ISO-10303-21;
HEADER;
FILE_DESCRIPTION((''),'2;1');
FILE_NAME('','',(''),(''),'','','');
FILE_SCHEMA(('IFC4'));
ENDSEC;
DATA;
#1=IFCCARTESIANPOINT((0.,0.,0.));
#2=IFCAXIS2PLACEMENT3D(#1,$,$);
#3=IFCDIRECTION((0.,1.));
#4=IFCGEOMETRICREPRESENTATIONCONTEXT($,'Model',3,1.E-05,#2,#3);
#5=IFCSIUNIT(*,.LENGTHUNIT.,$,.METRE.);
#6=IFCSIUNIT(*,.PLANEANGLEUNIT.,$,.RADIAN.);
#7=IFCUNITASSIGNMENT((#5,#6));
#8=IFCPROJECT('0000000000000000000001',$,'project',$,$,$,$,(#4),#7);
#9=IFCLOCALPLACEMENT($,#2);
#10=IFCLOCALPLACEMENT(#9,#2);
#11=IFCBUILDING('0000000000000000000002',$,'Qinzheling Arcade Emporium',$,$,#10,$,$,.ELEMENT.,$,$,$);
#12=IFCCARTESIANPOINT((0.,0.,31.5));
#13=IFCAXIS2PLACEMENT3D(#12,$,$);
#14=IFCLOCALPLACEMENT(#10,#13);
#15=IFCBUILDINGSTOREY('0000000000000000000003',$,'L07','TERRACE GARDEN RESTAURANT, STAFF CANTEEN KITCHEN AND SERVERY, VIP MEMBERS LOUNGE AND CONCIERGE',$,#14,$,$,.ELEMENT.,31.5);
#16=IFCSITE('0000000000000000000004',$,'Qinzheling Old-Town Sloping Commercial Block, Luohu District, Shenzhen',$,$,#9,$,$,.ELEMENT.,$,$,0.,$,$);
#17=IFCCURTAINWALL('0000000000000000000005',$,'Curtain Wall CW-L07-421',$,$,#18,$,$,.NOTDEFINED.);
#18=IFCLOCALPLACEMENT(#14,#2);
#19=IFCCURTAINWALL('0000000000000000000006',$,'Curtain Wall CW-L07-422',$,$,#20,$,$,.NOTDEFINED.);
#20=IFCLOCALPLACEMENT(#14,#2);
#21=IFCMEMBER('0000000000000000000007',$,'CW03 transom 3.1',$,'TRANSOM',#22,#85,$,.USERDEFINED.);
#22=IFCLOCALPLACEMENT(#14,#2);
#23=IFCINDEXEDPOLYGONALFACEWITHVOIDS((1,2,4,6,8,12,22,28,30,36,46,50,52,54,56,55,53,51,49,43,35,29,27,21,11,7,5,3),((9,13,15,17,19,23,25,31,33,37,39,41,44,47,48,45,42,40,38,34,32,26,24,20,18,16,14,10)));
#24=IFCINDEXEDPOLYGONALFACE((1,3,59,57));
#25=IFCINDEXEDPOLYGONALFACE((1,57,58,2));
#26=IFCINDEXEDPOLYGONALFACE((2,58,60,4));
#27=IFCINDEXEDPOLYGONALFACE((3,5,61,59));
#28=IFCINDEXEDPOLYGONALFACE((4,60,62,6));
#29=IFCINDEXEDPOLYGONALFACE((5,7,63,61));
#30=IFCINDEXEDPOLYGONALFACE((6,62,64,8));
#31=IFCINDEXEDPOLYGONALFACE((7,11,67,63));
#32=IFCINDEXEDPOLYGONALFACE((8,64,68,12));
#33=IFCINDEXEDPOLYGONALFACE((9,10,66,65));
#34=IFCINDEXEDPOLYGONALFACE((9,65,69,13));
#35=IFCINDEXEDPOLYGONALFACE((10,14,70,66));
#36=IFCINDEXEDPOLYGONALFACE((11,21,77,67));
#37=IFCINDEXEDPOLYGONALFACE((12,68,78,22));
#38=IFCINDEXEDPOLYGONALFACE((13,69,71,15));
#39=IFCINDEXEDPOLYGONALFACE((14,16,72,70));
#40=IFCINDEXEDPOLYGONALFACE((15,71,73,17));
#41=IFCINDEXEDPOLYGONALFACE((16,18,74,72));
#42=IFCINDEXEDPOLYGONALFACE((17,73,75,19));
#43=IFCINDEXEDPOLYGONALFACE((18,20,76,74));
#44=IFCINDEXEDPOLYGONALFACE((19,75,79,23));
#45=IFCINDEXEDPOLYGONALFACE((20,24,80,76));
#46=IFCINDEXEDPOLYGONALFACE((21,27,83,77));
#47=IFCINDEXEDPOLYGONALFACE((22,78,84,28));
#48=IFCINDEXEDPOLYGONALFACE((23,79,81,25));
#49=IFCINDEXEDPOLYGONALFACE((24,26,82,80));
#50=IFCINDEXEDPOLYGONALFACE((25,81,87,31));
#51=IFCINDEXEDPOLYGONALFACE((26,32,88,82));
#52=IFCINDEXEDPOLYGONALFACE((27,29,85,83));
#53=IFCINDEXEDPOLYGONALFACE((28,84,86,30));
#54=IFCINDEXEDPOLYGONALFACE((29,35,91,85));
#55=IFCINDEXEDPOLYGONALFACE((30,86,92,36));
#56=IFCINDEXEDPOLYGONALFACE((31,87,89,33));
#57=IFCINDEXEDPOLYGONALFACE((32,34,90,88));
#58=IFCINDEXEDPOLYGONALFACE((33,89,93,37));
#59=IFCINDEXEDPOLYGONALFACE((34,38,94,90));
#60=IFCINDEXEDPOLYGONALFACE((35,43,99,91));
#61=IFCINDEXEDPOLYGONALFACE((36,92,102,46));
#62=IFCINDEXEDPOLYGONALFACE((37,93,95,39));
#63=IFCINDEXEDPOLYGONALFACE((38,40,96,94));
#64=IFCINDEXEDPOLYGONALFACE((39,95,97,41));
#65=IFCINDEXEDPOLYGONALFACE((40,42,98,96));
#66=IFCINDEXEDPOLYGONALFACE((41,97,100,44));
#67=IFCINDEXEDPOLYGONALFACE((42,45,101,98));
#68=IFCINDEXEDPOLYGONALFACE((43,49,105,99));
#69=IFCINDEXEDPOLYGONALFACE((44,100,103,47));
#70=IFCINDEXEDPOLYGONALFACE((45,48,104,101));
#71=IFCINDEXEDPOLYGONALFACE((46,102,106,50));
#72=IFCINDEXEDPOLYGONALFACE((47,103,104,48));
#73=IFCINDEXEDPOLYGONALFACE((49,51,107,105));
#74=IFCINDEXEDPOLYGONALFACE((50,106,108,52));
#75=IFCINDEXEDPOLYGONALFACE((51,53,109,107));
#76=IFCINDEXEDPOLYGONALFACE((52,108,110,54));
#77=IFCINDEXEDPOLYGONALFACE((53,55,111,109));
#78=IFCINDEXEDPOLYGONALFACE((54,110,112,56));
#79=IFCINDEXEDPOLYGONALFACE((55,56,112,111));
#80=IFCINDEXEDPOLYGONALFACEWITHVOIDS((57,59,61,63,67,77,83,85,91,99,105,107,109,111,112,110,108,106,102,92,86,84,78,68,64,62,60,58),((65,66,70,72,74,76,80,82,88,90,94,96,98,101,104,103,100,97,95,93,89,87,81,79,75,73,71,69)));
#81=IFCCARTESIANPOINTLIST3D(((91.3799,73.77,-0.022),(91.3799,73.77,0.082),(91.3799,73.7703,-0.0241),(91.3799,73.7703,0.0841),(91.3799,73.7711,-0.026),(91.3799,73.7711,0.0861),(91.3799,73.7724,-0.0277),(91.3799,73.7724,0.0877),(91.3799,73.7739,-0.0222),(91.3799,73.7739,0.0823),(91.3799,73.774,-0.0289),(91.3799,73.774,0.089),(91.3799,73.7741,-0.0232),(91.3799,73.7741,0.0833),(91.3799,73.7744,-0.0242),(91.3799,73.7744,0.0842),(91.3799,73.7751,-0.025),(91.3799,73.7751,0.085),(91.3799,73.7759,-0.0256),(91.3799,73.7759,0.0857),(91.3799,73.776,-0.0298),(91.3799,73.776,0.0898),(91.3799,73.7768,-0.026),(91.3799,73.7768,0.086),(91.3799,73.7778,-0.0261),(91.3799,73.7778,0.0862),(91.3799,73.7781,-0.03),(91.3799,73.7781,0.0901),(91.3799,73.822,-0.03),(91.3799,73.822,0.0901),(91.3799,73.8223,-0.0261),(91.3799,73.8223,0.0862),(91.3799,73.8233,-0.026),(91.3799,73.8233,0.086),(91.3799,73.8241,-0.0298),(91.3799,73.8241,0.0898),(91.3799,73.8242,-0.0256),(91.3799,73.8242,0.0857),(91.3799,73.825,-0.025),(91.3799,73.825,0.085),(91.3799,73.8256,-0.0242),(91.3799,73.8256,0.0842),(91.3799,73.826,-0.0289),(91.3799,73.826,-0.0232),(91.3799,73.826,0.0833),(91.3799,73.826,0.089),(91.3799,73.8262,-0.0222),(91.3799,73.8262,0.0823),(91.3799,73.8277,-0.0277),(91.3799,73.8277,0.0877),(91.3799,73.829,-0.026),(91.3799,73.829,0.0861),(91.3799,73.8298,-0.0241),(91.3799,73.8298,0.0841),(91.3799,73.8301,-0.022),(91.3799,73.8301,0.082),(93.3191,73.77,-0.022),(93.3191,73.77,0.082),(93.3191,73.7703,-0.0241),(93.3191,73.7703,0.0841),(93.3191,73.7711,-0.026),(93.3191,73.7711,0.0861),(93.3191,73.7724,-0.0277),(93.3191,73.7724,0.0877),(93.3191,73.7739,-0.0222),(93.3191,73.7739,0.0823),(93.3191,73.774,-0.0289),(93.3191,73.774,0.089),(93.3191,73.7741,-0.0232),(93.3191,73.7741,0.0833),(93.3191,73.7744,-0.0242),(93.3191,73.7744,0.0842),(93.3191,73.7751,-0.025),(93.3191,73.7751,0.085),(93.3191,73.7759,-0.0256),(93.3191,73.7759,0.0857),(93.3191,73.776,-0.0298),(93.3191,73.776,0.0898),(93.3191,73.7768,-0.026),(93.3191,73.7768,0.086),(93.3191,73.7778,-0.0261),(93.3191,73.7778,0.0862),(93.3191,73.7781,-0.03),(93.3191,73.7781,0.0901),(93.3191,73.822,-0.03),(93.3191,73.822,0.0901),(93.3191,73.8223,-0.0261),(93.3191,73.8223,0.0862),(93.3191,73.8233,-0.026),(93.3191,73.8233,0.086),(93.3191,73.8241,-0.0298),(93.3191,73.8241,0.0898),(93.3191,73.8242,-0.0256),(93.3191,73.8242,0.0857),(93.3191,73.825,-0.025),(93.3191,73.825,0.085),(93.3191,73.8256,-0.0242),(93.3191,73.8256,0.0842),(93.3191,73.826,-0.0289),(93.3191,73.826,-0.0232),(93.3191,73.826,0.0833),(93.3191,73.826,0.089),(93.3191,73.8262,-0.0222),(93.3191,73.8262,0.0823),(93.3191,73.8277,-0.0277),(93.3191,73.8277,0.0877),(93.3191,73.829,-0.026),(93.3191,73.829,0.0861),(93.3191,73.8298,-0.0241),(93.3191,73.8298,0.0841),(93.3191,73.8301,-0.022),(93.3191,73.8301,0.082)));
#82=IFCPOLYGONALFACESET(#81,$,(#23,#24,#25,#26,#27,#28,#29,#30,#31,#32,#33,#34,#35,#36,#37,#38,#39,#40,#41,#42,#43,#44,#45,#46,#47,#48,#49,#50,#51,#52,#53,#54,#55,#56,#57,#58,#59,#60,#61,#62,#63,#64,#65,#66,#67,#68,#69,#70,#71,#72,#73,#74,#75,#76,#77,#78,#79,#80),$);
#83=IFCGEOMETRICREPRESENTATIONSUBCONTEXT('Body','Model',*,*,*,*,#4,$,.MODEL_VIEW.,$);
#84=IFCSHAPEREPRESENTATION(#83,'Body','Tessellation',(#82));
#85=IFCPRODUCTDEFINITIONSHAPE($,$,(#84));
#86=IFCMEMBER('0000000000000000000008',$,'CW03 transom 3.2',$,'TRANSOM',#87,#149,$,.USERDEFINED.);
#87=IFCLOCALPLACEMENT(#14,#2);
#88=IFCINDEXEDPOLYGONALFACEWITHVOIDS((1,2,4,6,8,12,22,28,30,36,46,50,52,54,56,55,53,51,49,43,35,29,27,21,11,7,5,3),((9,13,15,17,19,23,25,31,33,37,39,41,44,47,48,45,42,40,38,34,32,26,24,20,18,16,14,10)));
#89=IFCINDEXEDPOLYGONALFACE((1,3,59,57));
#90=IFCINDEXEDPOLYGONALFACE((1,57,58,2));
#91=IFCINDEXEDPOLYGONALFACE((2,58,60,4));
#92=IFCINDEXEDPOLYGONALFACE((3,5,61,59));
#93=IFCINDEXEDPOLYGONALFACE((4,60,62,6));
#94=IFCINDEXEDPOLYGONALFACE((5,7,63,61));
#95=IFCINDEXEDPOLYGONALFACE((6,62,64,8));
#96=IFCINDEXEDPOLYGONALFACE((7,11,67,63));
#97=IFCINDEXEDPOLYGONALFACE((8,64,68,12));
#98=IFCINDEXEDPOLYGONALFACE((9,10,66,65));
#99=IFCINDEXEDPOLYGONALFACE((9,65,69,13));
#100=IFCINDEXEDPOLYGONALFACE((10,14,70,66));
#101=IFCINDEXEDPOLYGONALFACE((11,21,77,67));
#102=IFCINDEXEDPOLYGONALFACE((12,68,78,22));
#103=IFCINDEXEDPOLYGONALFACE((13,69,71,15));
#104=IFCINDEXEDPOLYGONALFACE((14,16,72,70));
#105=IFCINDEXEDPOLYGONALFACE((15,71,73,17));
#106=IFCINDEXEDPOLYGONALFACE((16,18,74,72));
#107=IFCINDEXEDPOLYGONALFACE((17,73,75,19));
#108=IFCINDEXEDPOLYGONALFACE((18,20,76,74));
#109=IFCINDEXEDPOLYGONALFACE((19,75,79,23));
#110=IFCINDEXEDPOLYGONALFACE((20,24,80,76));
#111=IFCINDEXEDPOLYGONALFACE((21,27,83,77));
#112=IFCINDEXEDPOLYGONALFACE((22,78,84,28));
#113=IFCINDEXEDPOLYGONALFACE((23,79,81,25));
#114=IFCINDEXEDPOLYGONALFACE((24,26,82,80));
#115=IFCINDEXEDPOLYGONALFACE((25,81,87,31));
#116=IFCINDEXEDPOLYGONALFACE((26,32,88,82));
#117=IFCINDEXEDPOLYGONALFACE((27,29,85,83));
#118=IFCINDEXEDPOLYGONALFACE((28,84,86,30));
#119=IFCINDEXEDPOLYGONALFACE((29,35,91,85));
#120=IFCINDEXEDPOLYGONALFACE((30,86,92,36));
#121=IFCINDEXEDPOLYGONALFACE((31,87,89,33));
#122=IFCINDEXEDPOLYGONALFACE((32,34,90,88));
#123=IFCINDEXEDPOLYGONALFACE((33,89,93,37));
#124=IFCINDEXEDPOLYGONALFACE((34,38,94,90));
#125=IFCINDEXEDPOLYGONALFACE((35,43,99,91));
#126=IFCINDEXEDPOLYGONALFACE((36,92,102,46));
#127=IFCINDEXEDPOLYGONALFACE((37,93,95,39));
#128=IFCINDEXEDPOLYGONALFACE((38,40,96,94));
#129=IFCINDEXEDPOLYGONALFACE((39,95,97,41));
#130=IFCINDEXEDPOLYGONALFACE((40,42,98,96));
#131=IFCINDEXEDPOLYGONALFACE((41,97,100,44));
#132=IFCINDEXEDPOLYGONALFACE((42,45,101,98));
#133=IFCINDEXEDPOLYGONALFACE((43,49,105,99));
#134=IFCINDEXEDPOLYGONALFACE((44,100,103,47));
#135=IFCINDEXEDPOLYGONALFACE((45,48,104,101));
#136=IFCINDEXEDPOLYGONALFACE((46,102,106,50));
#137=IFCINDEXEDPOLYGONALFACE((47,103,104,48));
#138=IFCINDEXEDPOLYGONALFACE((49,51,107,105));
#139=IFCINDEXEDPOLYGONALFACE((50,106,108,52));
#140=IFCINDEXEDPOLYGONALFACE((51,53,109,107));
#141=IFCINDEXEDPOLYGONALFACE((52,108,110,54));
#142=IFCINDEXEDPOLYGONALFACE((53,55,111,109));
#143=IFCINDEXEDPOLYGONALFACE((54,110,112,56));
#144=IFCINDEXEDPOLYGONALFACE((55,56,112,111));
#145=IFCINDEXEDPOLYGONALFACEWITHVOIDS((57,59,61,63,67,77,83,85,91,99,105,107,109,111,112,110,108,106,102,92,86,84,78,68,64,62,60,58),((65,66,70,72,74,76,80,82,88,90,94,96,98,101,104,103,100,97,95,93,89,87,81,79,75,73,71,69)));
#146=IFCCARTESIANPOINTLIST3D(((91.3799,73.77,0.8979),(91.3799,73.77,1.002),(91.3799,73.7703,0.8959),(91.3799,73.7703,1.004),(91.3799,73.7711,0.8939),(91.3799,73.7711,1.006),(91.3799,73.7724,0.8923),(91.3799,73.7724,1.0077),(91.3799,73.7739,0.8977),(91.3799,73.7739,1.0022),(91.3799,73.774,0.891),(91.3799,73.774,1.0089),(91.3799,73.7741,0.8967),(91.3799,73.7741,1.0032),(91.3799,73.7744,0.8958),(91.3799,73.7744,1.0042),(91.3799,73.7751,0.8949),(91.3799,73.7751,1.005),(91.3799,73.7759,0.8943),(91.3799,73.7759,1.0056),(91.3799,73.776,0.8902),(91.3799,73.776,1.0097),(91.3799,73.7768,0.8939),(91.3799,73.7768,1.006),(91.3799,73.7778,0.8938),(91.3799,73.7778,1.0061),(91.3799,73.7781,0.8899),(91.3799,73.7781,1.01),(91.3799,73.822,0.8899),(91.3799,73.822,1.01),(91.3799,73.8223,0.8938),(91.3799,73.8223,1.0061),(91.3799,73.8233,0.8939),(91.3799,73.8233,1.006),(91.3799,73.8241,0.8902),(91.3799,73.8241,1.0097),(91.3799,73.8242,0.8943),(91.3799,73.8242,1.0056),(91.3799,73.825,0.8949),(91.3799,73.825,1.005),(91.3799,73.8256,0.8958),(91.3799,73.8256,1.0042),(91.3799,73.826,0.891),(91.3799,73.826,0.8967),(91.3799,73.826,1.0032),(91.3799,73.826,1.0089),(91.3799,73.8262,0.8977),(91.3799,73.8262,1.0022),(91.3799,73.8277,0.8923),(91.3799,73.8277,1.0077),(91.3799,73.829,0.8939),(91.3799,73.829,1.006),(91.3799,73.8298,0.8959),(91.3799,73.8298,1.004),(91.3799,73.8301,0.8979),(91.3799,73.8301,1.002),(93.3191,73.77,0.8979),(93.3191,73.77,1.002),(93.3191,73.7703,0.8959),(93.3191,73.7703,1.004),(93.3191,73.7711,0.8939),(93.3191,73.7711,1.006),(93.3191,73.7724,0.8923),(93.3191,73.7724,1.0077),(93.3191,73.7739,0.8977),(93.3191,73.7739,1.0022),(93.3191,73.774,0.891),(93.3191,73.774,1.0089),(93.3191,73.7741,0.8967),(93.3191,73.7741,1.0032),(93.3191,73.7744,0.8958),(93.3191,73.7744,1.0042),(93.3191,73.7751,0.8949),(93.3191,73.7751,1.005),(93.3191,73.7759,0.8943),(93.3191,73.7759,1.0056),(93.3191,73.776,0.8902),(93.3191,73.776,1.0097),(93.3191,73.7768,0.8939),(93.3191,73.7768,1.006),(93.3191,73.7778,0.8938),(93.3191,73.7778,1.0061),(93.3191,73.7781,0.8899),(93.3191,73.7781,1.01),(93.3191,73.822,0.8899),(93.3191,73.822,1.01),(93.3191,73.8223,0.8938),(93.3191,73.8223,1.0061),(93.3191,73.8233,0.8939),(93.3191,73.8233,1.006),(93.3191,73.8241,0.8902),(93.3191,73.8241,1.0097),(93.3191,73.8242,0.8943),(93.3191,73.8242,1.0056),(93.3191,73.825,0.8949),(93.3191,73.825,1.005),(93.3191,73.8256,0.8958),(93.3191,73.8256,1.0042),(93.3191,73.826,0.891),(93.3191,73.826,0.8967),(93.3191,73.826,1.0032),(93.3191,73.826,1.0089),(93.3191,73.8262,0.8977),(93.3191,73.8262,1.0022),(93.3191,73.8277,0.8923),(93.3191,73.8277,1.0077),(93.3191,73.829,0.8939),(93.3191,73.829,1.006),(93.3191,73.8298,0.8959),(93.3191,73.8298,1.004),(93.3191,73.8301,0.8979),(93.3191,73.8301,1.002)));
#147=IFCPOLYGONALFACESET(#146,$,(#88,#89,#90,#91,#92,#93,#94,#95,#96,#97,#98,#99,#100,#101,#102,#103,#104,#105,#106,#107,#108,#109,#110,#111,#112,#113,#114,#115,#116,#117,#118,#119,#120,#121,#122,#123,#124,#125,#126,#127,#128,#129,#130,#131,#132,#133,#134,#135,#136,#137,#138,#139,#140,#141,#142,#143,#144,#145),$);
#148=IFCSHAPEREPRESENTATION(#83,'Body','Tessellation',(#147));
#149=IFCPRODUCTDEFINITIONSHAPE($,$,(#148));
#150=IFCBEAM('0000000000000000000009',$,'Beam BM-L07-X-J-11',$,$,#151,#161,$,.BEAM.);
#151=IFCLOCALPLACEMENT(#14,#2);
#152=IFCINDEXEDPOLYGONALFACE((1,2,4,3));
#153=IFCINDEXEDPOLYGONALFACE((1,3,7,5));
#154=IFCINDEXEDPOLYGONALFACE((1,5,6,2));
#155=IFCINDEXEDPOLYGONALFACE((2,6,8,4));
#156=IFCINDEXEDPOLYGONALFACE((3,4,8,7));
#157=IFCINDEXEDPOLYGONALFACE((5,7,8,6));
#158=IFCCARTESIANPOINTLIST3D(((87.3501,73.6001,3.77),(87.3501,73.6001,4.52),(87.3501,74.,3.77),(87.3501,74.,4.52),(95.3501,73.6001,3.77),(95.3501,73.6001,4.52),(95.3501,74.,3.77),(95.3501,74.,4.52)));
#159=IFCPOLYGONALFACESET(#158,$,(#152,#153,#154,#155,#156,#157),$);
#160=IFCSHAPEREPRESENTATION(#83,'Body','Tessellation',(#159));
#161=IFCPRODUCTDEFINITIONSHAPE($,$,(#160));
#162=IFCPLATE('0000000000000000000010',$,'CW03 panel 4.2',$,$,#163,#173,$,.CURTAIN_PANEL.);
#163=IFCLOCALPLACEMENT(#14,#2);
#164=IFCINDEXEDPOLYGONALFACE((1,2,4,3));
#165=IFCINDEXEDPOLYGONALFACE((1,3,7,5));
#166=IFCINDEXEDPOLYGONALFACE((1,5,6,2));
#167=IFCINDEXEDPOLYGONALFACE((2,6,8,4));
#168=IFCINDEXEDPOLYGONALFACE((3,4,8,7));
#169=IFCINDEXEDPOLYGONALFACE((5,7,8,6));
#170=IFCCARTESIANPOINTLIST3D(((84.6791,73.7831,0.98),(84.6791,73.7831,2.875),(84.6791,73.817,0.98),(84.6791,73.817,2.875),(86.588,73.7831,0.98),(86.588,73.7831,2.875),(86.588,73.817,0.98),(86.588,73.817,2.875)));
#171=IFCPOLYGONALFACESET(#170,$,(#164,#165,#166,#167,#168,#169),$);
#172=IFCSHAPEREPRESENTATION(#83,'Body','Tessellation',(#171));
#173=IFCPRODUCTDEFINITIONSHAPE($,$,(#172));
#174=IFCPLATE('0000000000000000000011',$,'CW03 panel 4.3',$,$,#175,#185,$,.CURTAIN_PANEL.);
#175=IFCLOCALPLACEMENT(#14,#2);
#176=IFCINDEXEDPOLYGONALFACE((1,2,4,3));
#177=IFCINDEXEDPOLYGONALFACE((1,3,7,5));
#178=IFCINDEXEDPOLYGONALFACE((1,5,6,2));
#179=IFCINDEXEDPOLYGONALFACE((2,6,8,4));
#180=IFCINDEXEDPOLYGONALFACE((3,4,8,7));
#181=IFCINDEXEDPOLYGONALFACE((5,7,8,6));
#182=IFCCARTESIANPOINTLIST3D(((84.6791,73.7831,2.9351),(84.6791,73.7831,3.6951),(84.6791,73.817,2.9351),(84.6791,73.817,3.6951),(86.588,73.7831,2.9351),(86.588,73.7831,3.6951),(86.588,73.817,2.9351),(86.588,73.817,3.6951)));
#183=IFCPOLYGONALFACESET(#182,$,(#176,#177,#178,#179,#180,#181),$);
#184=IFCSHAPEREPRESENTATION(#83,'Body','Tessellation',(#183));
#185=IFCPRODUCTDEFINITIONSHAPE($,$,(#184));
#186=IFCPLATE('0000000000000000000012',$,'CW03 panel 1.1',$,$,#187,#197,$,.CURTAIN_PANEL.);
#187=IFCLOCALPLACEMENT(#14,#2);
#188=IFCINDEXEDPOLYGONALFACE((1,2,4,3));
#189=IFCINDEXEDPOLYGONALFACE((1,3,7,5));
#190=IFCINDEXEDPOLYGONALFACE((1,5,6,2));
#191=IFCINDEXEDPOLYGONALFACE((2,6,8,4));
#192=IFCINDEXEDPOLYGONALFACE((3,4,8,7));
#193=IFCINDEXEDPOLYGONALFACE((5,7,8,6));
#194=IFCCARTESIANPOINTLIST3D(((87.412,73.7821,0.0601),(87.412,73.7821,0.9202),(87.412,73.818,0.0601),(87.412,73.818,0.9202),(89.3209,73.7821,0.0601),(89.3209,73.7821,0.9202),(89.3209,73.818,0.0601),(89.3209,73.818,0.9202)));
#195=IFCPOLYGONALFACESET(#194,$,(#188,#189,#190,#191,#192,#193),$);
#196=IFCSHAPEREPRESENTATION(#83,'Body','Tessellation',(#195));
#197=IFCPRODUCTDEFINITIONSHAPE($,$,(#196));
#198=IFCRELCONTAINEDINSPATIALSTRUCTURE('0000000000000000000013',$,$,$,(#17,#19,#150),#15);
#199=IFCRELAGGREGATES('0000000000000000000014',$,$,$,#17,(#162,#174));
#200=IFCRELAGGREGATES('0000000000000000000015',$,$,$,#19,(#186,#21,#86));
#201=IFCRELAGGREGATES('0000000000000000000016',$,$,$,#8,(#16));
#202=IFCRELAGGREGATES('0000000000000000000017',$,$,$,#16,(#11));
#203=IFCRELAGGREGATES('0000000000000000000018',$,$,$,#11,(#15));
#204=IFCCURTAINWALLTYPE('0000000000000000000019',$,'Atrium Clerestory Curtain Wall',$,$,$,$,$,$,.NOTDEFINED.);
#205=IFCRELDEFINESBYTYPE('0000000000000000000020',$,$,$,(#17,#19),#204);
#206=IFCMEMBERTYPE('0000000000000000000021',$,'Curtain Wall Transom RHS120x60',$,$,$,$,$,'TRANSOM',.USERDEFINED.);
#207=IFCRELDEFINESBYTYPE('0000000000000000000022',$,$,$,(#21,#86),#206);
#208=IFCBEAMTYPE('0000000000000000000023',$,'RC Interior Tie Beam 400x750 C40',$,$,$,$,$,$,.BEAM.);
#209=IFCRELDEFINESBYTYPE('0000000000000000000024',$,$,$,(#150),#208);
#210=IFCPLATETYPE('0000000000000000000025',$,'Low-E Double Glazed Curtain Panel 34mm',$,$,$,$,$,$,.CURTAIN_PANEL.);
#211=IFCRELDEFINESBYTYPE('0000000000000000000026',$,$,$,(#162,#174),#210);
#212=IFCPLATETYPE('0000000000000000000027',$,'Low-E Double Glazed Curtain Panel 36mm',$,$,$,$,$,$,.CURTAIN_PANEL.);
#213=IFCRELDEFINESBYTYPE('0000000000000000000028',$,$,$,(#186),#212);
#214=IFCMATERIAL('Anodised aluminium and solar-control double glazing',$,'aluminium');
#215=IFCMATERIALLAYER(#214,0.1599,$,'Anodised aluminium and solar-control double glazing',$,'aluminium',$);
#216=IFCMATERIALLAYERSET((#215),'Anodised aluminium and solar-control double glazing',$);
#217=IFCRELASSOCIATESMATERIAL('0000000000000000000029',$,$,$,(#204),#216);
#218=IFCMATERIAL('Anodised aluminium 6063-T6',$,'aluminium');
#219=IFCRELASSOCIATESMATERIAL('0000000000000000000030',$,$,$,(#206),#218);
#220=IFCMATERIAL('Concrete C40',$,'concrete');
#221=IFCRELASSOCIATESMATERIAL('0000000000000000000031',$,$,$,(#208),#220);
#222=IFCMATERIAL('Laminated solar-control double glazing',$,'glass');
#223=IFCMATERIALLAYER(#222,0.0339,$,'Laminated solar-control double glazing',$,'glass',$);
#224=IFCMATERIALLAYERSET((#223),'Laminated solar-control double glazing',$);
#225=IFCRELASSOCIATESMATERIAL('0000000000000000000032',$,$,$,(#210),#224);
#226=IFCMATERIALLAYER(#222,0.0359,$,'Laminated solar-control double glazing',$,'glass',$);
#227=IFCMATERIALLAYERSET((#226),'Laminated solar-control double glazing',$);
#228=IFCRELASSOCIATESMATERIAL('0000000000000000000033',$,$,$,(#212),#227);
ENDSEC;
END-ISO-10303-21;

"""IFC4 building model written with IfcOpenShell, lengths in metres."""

from ifc_helpers import new_model, si_unit, direction, frame, origin, origin_2d, place, context, subcontext, project, spatial, rectangle, hollow_rectangle, extrude, material, layer, layer_set, material_profile, profile_set, type_object, element, aggregate, save


model = new_model("IFC4")

# Units and contexts
model_context = context("Model", 3, precision=1e-05, world=origin(), true_north=direction((0.0, 1.0)))
body_context = subcontext(model_context, "Body", "Model", "MODEL_VIEW")
ifc_project = project(units=[si_unit("LENGTHUNIT", "METRE"), si_unit("PLANEANGLEUNIT", "RADIAN")], contexts=[model_context])

# Site, building, storey
site_placement = place(None, origin())
site = spatial("IfcSite", under=ifc_project, at=site_placement, Name="Qinzheling Old-Town Sloping Commercial Block, Luohu District, Shenzhen", CompositionType="ELEMENT", RefElevation=0.0)
building_placement = place(site_placement, origin())
building = spatial("IfcBuilding", under=site, at=building_placement, Name="Qinzheling Arcade Emporium", CompositionType="ELEMENT")
storey_placement = place(building_placement, frame((0.0, 0.0, 31.5)))
storey = spatial("IfcBuildingStorey", under=building, at=storey_placement, Name="L07", Description="TERRACE GARDEN RESTAURANT, STAFF CANTEEN KITCHEN AND SERVERY, VIP MEMBERS LOUNGE AND CONCIERGE", CompositionType="ELEMENT", Elevation=31.5)

# Shared definitions
ifc_material_1 = material(Name="Concrete C40", Category="concrete")

# Curtain wall
ifc_material_2 = material(Name="Anodised aluminium and solar-control double glazing", Category="aluminium")
ifc_layer_1 = layer(ifc_material_2, 0.1599, Name="Anodised aluminium and solar-control double glazing", Category="aluminium")
ifc_layer_set_1 = layer_set([ifc_layer_1], Name="Anodised aluminium and solar-control double glazing")
curtain_wall_type = type_object("IfcCurtainWallType", Name="Atrium Clerestory Curtain Wall", PredefinedType="NOTDEFINED", material=ifc_layer_set_1)
curtain_wall_1_placement = place(storey_placement, origin())
curtain_wall_1 = element("IfcCurtainWall", 1, at=curtain_wall_1_placement, inside=storey, type_object=curtain_wall_type, Name="Curtain Wall CW-L07-421", PredefinedType="NOTDEFINED")
ifc_material_3 = material(Name="Anodised aluminium 6063-T6", Category="aluminium")

# Curtain wall, members
curtain_wall_2_placement = place(storey_placement, origin())
curtain_wall_2 = element("IfcCurtainWall", 2, at=curtain_wall_2_placement, inside=storey, type_object=curtain_wall_type, Name="Curtain Wall CW-L07-422", PredefinedType="NOTDEFINED")
ifc_material_profile_1 = material_profile(ifc_material_3, hollow_rectangle(XDim=0.0601, YDim=0.1201, WallThickness=0.0039, InnerFilletRadius=0.0039, OuterFilletRadius=0.0081, at=origin_2d()), Name="RHS 120x60x4", Category="aluminium")
ifc_profile_set_1 = profile_set([ifc_material_profile_1], Name="Anodised aluminium 6063-T6")
member_type_1 = type_object("IfcMemberType", Name="Curtain Wall Transom RHS120x60", ElementType="TRANSOM", PredefinedType="USERDEFINED", material=ifc_profile_set_1)
member_1_placement = place(storey_placement, frame((91.3799, 73.8, 0.03), z_axis=(1.0, 0.0, 0.0), x_axis=(0.0, 1.0, 0.0)))
member_1 = element("IfcMember", 3, at=member_1_placement, type_object=member_type_1, Name="CW03 transom 3.1", ObjectType="TRANSOM", PredefinedType="USERDEFINED", context=body_context, shape_type="SweptSolid", body=[
    extrude(hollow_rectangle(XDim=0.0601, YDim=0.1201, WallThickness=0.0039, InnerFilletRadius=0.0039, OuterFilletRadius=0.0081, at=origin_2d()), origin(), (0.0, 0.0, 1.0), 1.9392),
])
member_2_placement = place(storey_placement, frame((91.3799, 73.8, 0.95), z_axis=(1.0, 0.0, 0.0), x_axis=(0.0, 1.0, 0.0)))
member_2 = element("IfcMember", 4, at=member_2_placement, type_object=member_type_1, Name="CW03 transom 3.2", ObjectType="TRANSOM", PredefinedType="USERDEFINED", context=body_context, shape_type="SweptSolid", body=[
    extrude(hollow_rectangle(XDim=0.0601, YDim=0.1201, WallThickness=0.0039, InnerFilletRadius=0.0039, OuterFilletRadius=0.0081, at=origin_2d()), origin(), (0.0, 0.0, 1.0), 1.9392),
])

# Beam
ifc_material_profile_2 = material_profile(ifc_material_1, rectangle(XDim=0.3999, YDim=0.75, at=origin_2d()), Name="RC 400x750", Category="concrete")
ifc_profile_set_2 = profile_set([ifc_material_profile_2], Name="Concrete C40")
beam_type = type_object("IfcBeamType", Name="RC Interior Tie Beam 400x750 C40", PredefinedType="BEAM", material=ifc_profile_set_2)
beam_placement = place(storey_placement, frame((87.3501, 73.8, 4.145), z_axis=(1.0, 0.0, 0.0), x_axis=(0.0, 1.0, 0.0)))
element("IfcBeam", 5, at=beam_placement, inside=storey, type_object=beam_type, Name="Beam BM-L07-X-J-11", PredefinedType="BEAM", context=body_context, shape_type="SweptSolid", body=[
    extrude(rectangle(XDim=0.3999, YDim=0.75, at=origin_2d()), origin(), (0.0, 0.0, 1.0), 8.0),
])

# Plates
ifc_material_4 = material(Name="Laminated solar-control double glazing", Category="glass")
ifc_layer_2 = layer(ifc_material_4, 0.0339, Name="Laminated solar-control double glazing", Category="glass")
ifc_layer_set_2 = layer_set([ifc_layer_2], Name="Laminated solar-control double glazing")
plate_type_1 = type_object("IfcPlateType", Name="Low-E Double Glazed Curtain Panel 34mm", PredefinedType="CURTAIN_PANEL", material=ifc_layer_set_2)
plate_1_placement = place(storey_placement, frame((85.6335, 73.8, 0.98), z_axis=(0.0, 0.0, 1.0), x_axis=(1.0, 0.0, 0.0)))
plate_1 = element("IfcPlate", 6, at=plate_1_placement, type_object=plate_type_1, Name="CW03 panel 4.2", PredefinedType="CURTAIN_PANEL", context=body_context, shape_type="SweptSolid", body=[
    extrude(rectangle(XDim=1.9089, YDim=0.0339, at=origin_2d()), origin(), (0.0, 0.0, 1.0), 1.895),
])
plate_2_placement = place(storey_placement, frame((85.6335, 73.8, 2.9351), z_axis=(0.0, 0.0, 1.0), x_axis=(1.0, 0.0, 0.0)))
plate_2 = element("IfcPlate", 7, at=plate_2_placement, type_object=plate_type_1, Name="CW03 panel 4.3", PredefinedType="CURTAIN_PANEL", context=body_context, shape_type="SweptSolid", body=[
    extrude(rectangle(XDim=1.9089, YDim=0.0339, at=origin_2d()), origin(), (0.0, 0.0, 1.0), 0.76),
])
aggregate(curtain_wall_1, [plate_1, plate_2])
ifc_layer_3 = layer(ifc_material_4, 0.0359, Name="Laminated solar-control double glazing", Category="glass")
ifc_layer_set_3 = layer_set([ifc_layer_3], Name="Laminated solar-control double glazing")
plate_type_2 = type_object("IfcPlateType", Name="Low-E Double Glazed Curtain Panel 36mm", PredefinedType="CURTAIN_PANEL", material=ifc_layer_set_3)
plate_3_placement = place(storey_placement, frame((88.3665, 73.8, 0.0601), z_axis=(0.0, 0.0, 1.0), x_axis=(1.0, 0.0, 0.0)))
plate_3 = element("IfcPlate", 8, at=plate_3_placement, type_object=plate_type_2, Name="CW03 panel 1.1", PredefinedType="CURTAIN_PANEL", context=body_context, shape_type="SweptSolid", body=[
    extrude(rectangle(XDim=1.9089, YDim=0.0359, at=origin_2d()), origin(), (0.0, 0.0, 1.0), 0.8601),
])
aggregate(curtain_wall_2, [plate_3, member_1, member_2])

save(model, "model.ifc")
